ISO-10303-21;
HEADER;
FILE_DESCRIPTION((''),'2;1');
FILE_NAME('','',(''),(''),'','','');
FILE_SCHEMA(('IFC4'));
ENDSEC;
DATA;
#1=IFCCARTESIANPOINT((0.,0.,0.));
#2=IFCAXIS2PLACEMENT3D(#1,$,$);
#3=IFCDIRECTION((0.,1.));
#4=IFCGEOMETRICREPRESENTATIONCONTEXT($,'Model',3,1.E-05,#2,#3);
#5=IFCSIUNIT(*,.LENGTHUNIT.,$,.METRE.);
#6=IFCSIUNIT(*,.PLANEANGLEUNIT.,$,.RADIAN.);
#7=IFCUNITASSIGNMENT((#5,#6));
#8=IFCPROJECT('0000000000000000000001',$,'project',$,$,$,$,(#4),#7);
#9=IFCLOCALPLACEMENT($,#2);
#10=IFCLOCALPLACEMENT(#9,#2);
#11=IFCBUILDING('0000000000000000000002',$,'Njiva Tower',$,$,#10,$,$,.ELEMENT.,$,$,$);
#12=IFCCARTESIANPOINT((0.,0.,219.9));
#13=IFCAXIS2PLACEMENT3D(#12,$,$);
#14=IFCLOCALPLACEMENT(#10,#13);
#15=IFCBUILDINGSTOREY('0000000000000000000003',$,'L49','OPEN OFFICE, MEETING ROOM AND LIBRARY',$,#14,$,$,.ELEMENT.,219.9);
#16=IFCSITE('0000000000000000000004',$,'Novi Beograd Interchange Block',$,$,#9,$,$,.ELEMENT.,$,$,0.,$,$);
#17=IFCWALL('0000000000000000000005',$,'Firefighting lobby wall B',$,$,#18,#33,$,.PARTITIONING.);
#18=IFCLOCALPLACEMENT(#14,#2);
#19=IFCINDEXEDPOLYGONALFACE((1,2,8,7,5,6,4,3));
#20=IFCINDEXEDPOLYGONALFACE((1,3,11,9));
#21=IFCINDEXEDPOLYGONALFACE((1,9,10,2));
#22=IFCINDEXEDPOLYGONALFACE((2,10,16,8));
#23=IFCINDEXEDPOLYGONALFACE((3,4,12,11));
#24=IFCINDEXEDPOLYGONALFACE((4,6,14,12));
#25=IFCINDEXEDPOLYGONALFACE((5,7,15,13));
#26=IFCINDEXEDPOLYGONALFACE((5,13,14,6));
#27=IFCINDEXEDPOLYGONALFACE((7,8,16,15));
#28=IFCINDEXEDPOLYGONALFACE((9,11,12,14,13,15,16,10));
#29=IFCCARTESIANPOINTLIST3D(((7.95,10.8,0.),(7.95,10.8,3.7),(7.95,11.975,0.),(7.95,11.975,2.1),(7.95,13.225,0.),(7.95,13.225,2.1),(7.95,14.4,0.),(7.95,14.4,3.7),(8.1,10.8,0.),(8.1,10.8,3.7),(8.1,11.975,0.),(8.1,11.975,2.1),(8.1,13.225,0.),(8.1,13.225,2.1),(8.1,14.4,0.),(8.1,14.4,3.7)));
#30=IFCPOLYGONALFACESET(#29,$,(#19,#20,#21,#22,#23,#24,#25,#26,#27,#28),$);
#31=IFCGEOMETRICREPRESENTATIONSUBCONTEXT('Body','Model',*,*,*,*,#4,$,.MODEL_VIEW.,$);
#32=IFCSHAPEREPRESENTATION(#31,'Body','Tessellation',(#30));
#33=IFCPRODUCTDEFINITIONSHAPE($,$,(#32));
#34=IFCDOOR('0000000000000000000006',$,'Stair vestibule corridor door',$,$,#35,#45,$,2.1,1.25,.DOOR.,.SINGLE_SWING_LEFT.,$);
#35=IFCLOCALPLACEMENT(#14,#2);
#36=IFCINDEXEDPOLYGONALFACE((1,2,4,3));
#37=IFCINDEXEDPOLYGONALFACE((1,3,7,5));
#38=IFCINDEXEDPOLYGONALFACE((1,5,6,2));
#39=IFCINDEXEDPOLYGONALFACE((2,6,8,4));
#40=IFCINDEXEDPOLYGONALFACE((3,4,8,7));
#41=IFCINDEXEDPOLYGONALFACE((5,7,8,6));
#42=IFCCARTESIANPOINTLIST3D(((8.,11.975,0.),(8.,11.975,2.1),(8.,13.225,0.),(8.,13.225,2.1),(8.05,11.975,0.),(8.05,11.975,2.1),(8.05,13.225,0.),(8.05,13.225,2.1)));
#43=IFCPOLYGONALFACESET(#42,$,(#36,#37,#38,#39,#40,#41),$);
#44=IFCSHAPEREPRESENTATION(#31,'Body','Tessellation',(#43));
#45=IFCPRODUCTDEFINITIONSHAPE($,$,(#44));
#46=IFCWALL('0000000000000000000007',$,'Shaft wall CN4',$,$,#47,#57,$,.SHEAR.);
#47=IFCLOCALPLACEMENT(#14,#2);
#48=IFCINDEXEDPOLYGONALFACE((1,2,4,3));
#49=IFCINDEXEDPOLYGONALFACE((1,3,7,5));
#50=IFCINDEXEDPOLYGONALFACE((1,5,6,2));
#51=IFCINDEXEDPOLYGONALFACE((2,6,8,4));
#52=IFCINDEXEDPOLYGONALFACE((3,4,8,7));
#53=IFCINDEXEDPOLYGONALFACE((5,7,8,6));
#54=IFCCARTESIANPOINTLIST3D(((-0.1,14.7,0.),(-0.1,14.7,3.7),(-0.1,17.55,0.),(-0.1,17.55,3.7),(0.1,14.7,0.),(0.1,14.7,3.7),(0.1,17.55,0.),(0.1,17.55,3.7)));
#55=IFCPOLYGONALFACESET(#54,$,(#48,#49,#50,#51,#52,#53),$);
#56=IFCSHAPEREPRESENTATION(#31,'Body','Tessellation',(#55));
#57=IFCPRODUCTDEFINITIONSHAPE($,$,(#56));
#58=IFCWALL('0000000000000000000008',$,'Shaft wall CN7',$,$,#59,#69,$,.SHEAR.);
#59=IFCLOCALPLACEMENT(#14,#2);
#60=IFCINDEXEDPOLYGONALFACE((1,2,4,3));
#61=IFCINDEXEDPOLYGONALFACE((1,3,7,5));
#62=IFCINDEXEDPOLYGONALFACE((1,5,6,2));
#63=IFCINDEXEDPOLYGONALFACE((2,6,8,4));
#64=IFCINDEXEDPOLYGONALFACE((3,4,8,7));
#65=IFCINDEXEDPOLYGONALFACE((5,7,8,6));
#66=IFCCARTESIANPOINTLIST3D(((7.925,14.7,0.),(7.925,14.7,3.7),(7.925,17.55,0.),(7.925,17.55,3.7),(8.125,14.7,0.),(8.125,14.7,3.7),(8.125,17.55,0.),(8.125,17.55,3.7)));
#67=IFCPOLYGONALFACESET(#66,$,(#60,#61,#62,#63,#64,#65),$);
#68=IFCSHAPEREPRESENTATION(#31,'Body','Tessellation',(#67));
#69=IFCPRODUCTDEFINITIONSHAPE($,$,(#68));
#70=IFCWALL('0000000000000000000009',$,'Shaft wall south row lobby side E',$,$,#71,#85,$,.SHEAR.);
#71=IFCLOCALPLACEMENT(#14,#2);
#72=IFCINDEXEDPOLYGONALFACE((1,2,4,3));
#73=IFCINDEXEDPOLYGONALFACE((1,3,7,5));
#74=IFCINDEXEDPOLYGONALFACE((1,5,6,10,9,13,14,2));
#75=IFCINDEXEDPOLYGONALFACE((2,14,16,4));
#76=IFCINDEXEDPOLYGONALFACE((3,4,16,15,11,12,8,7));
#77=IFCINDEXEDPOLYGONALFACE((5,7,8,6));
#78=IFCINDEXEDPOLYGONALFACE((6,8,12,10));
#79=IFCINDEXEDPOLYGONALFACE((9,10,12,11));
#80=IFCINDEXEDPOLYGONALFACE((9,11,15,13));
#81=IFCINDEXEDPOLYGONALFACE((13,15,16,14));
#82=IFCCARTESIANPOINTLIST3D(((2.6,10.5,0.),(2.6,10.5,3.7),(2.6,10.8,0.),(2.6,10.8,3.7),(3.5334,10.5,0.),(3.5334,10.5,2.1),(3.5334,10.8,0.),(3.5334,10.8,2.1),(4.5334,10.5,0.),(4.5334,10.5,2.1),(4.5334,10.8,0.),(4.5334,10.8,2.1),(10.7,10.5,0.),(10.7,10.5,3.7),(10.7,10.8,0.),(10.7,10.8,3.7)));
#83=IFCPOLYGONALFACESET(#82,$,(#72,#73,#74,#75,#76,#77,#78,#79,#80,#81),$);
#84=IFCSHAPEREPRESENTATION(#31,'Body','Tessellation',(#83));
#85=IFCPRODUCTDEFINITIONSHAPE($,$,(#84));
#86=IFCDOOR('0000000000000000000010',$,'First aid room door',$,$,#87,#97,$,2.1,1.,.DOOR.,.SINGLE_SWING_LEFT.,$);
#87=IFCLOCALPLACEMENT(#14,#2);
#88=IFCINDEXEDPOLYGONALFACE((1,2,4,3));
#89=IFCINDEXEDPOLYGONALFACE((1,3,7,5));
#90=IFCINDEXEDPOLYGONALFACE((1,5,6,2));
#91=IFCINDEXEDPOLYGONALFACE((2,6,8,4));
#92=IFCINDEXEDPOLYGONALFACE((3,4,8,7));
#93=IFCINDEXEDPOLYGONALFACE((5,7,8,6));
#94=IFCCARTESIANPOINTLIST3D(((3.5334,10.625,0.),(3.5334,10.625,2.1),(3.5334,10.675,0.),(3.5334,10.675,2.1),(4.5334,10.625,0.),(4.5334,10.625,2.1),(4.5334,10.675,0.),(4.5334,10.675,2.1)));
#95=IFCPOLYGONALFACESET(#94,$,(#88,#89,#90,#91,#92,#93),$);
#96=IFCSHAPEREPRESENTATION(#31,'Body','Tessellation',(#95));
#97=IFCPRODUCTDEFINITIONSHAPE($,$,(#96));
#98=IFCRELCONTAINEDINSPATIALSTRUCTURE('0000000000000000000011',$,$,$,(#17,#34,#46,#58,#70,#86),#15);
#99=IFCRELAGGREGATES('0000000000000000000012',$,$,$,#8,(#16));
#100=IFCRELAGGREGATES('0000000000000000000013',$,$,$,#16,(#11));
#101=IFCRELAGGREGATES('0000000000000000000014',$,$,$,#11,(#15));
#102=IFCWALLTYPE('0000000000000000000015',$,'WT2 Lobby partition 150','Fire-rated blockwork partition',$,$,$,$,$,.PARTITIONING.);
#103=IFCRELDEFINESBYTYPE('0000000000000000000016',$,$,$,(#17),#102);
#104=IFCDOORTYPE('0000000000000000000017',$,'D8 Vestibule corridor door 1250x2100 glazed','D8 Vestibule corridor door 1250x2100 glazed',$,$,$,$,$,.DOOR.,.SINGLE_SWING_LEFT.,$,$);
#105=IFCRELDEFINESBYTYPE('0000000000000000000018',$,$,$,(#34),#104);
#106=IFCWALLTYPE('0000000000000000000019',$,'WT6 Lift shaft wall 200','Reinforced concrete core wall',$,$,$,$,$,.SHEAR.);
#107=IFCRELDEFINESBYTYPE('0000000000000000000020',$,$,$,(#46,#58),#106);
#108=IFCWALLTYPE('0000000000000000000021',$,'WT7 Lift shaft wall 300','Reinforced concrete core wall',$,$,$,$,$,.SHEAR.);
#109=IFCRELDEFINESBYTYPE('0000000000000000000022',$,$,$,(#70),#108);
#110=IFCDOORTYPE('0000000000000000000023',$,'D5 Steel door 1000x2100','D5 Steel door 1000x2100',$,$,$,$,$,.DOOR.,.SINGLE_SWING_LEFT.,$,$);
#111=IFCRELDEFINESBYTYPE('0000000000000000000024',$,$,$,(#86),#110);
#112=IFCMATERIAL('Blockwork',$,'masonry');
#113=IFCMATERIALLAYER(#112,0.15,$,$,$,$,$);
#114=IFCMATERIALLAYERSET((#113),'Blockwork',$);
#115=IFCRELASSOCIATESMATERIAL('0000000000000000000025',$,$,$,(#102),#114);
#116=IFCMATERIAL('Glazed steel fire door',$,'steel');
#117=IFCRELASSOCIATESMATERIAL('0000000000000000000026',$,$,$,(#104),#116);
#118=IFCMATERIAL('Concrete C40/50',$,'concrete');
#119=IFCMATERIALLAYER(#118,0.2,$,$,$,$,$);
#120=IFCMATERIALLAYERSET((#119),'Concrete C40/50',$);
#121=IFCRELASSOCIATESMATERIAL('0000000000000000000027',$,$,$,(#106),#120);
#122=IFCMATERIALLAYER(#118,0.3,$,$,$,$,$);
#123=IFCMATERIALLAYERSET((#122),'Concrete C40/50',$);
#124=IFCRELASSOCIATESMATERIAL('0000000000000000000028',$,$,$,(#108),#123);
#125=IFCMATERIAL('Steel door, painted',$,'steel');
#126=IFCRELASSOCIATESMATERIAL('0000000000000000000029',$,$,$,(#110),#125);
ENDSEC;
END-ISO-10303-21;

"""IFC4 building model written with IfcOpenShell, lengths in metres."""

from ifc_helpers import new_model, si_unit, direction, frame, frame_2d, origin, place, context, subcontext, project, spatial, rectangle, extrude, material, layer, layer_set, type_object, element, fill, save


model = new_model("IFC4")

# Units and contexts
model_context = context("Model", 3, precision=1e-05, world=origin(), true_north=direction((0.0, 1.0)))
body_context = subcontext(model_context, "Body", "Model", "MODEL_VIEW")
ifc_project = project(units=[si_unit("LENGTHUNIT", "METRE"), si_unit("PLANEANGLEUNIT", "RADIAN")], contexts=[model_context])

# Site, building, storey
site_placement = place(None, origin())
site = spatial("IfcSite", under=ifc_project, at=site_placement, Name="Novi Beograd Interchange Block", CompositionType="ELEMENT", RefElevation=0.0)
building_placement = place(site_placement, origin())
building = spatial("IfcBuilding", under=site, at=building_placement, Name="Njiva Tower", CompositionType="ELEMENT")
storey_placement = place(building_placement, frame((0.0, 0.0, 219.9)))
storey = spatial("IfcBuildingStorey", under=building, at=storey_placement, Name="L49", Description="OPEN OFFICE, MEETING ROOM AND LIBRARY", CompositionType="ELEMENT", Elevation=219.9)

# Shared definitions
ifc_material_1 = material(Name="Blockwork", Category="masonry")

# Wall, opening, door
ifc_material_2 = material(Name="Concrete C40/50", Category="concrete")
ifc_material_3 = material(Name="Glazed steel fire door", Category="steel")
ifc_layer_1 = layer(ifc_material_1, 0.15)
ifc_layer_set_1 = layer_set([ifc_layer_1], Name="Blockwork")
wall_type_1 = type_object("IfcWallType", Name="WT2 Lobby partition 150", Description="Fire-rated blockwork partition", PredefinedType="PARTITIONING", material=ifc_layer_set_1)
wall_1_placement = place(storey_placement, frame((8.025, 10.8, 0.0), z_axis=(0.0, 0.0, 1.0), x_axis=(0.0, 1.0, 0.0)))
wall_1 = element("IfcWall", 1, at=wall_1_placement, inside=storey, type_object=wall_type_1, Name="Firefighting lobby wall B", PredefinedType="PARTITIONING", context=body_context, shape_type="SweptSolid", body=[
    extrude(rectangle(XDim=3.6, YDim=0.15, at=frame_2d((1.8, 0.0))), origin(), (0.0, 0.0, 1.0), 3.7),
])
opening_1_placement = place(wall_1_placement, frame((1.175, 0.0, 0.0)))
opening_1 = element("IfcOpeningElement", 2, at=opening_1_placement, cuts=wall_1, PredefinedType="OPENING", context=body_context, shape_type="SweptSolid", body=[
    extrude(rectangle(XDim=1.25, YDim=2.1, at=frame_2d((0.625, 1.05))), frame((0.0, 0.085, 0.0), z_axis=(0.0, -1.0, 0.0), x_axis=(1.0, 0.0, 0.0)), (0.0, 0.0, 1.0), 0.17),
])
door_type_1 = type_object("IfcDoorType", Name="D8 Vestibule corridor door 1250x2100 glazed", Description="D8 Vestibule corridor door 1250x2100 glazed", OperationType="SINGLE_SWING_LEFT", PredefinedType="DOOR", material=ifc_material_3)
door_1_placement = place(opening_1_placement, origin())
door_1 = element("IfcDoor", 3, at=door_1_placement, inside=storey, type_object=door_type_1, Name="Stair vestibule corridor door", OperationType="SINGLE_SWING_LEFT", OverallHeight=2.1, OverallWidth=1.25, PredefinedType="DOOR", context=body_context, shape_type="SweptSolid", body=[
    extrude(rectangle(XDim=1.25, YDim=2.1, at=frame_2d((0.625, 1.05))), frame((0.0, 0.025, 0.0), z_axis=(0.0, -1.0, 0.0), x_axis=(1.0, 0.0, 0.0)), (0.0, 0.0, 1.0), 0.05),
])
fill(opening_1, door_1)

# Walls
ifc_layer_2 = layer(ifc_material_2, 0.2)
ifc_layer_set_2 = layer_set([ifc_layer_2], Name="Concrete C40/50")
wall_type_2 = type_object("IfcWallType", Name="WT6 Lift shaft wall 200", Description="Reinforced concrete core wall", PredefinedType="SHEAR", material=ifc_layer_set_2)
for number, where, z_axis, x_axis, name in (
    (4, (0.0, 14.7, 0.0), (0.0, 0.0, 1.0), (0.0, 1.0, 0.0), "Shaft wall CN4"),
    (5, (8.025, 14.7, 0.0), (0.0, 0.0, 1.0), (0.0, 1.0, 0.0), "Shaft wall CN7"),
):
    element("IfcWall", number, at=place(storey_placement, frame(where, z_axis=z_axis, x_axis=x_axis)), inside=storey, type_object=wall_type_2, Name=name, PredefinedType="SHEAR", context=body_context, shape_type="SweptSolid", body=[
        extrude(rectangle(XDim=2.85, YDim=0.2, at=frame_2d((1.425, 0.0))), origin(), (0.0, 0.0, 1.0), 3.7),
    ])

# Wall, opening, door
ifc_layer_3 = layer(ifc_material_2, 0.3)
ifc_layer_set_3 = layer_set([ifc_layer_3], Name="Concrete C40/50")
wall_type_3 = type_object("IfcWallType", Name="WT7 Lift shaft wall 300", Description="Reinforced concrete core wall", PredefinedType="SHEAR", material=ifc_layer_set_3)
wall_2_placement = place(storey_placement, frame((2.6, 10.65, 0.0), z_axis=(0.0, 0.0, 1.0), x_axis=(1.0, 0.0, 0.0)))
wall_2 = element("IfcWall", 6, at=wall_2_placement, inside=storey, type_object=wall_type_3, Name="Shaft wall south row lobby side E", PredefinedType="SHEAR", context=body_context, shape_type="SweptSolid", body=[
    extrude(rectangle(XDim=8.1, YDim=0.3, at=frame_2d((4.05, 0.0))), origin(), (0.0, 0.0, 1.0), 3.7),
])
opening_2_placement = place(wall_2_placement, frame((0.9334, 0.0, 0.0)))
opening_2 = element("IfcOpeningElement", 7, at=opening_2_placement, cuts=wall_2, PredefinedType="OPENING", context=body_context, shape_type="SweptSolid", body=[
    extrude(rectangle(XDim=1.0, YDim=2.1, at=frame_2d((0.5, 1.05))), frame((0.0, 0.16, 0.0), z_axis=(0.0, -1.0, 0.0), x_axis=(1.0, 0.0, 0.0)), (0.0, 0.0, 1.0), 0.32),
])
ifc_material_4 = material(Name="Steel door, painted", Category="steel")
door_type_2 = type_object("IfcDoorType", Name="D5 Steel door 1000x2100", Description="D5 Steel door 1000x2100", OperationType="SINGLE_SWING_LEFT", PredefinedType="DOOR", material=ifc_material_4)
door_2_placement = place(opening_2_placement, origin())
door_2 = element("IfcDoor", 8, at=door_2_placement, inside=storey, type_object=door_type_2, Name="First aid room door", OperationType="SINGLE_SWING_LEFT", OverallHeight=2.1, OverallWidth=1.0, PredefinedType="DOOR", context=body_context, shape_type="SweptSolid", body=[
    extrude(rectangle(XDim=1.0, YDim=2.1, at=frame_2d((0.5, 1.05))), frame((0.0, 0.025, 0.0), z_axis=(0.0, -1.0, 0.0), x_axis=(1.0, 0.0, 0.0)), (0.0, 0.0, 1.0), 0.05),
])
fill(opening_2, door_2)

save(model, "model.ifc")
